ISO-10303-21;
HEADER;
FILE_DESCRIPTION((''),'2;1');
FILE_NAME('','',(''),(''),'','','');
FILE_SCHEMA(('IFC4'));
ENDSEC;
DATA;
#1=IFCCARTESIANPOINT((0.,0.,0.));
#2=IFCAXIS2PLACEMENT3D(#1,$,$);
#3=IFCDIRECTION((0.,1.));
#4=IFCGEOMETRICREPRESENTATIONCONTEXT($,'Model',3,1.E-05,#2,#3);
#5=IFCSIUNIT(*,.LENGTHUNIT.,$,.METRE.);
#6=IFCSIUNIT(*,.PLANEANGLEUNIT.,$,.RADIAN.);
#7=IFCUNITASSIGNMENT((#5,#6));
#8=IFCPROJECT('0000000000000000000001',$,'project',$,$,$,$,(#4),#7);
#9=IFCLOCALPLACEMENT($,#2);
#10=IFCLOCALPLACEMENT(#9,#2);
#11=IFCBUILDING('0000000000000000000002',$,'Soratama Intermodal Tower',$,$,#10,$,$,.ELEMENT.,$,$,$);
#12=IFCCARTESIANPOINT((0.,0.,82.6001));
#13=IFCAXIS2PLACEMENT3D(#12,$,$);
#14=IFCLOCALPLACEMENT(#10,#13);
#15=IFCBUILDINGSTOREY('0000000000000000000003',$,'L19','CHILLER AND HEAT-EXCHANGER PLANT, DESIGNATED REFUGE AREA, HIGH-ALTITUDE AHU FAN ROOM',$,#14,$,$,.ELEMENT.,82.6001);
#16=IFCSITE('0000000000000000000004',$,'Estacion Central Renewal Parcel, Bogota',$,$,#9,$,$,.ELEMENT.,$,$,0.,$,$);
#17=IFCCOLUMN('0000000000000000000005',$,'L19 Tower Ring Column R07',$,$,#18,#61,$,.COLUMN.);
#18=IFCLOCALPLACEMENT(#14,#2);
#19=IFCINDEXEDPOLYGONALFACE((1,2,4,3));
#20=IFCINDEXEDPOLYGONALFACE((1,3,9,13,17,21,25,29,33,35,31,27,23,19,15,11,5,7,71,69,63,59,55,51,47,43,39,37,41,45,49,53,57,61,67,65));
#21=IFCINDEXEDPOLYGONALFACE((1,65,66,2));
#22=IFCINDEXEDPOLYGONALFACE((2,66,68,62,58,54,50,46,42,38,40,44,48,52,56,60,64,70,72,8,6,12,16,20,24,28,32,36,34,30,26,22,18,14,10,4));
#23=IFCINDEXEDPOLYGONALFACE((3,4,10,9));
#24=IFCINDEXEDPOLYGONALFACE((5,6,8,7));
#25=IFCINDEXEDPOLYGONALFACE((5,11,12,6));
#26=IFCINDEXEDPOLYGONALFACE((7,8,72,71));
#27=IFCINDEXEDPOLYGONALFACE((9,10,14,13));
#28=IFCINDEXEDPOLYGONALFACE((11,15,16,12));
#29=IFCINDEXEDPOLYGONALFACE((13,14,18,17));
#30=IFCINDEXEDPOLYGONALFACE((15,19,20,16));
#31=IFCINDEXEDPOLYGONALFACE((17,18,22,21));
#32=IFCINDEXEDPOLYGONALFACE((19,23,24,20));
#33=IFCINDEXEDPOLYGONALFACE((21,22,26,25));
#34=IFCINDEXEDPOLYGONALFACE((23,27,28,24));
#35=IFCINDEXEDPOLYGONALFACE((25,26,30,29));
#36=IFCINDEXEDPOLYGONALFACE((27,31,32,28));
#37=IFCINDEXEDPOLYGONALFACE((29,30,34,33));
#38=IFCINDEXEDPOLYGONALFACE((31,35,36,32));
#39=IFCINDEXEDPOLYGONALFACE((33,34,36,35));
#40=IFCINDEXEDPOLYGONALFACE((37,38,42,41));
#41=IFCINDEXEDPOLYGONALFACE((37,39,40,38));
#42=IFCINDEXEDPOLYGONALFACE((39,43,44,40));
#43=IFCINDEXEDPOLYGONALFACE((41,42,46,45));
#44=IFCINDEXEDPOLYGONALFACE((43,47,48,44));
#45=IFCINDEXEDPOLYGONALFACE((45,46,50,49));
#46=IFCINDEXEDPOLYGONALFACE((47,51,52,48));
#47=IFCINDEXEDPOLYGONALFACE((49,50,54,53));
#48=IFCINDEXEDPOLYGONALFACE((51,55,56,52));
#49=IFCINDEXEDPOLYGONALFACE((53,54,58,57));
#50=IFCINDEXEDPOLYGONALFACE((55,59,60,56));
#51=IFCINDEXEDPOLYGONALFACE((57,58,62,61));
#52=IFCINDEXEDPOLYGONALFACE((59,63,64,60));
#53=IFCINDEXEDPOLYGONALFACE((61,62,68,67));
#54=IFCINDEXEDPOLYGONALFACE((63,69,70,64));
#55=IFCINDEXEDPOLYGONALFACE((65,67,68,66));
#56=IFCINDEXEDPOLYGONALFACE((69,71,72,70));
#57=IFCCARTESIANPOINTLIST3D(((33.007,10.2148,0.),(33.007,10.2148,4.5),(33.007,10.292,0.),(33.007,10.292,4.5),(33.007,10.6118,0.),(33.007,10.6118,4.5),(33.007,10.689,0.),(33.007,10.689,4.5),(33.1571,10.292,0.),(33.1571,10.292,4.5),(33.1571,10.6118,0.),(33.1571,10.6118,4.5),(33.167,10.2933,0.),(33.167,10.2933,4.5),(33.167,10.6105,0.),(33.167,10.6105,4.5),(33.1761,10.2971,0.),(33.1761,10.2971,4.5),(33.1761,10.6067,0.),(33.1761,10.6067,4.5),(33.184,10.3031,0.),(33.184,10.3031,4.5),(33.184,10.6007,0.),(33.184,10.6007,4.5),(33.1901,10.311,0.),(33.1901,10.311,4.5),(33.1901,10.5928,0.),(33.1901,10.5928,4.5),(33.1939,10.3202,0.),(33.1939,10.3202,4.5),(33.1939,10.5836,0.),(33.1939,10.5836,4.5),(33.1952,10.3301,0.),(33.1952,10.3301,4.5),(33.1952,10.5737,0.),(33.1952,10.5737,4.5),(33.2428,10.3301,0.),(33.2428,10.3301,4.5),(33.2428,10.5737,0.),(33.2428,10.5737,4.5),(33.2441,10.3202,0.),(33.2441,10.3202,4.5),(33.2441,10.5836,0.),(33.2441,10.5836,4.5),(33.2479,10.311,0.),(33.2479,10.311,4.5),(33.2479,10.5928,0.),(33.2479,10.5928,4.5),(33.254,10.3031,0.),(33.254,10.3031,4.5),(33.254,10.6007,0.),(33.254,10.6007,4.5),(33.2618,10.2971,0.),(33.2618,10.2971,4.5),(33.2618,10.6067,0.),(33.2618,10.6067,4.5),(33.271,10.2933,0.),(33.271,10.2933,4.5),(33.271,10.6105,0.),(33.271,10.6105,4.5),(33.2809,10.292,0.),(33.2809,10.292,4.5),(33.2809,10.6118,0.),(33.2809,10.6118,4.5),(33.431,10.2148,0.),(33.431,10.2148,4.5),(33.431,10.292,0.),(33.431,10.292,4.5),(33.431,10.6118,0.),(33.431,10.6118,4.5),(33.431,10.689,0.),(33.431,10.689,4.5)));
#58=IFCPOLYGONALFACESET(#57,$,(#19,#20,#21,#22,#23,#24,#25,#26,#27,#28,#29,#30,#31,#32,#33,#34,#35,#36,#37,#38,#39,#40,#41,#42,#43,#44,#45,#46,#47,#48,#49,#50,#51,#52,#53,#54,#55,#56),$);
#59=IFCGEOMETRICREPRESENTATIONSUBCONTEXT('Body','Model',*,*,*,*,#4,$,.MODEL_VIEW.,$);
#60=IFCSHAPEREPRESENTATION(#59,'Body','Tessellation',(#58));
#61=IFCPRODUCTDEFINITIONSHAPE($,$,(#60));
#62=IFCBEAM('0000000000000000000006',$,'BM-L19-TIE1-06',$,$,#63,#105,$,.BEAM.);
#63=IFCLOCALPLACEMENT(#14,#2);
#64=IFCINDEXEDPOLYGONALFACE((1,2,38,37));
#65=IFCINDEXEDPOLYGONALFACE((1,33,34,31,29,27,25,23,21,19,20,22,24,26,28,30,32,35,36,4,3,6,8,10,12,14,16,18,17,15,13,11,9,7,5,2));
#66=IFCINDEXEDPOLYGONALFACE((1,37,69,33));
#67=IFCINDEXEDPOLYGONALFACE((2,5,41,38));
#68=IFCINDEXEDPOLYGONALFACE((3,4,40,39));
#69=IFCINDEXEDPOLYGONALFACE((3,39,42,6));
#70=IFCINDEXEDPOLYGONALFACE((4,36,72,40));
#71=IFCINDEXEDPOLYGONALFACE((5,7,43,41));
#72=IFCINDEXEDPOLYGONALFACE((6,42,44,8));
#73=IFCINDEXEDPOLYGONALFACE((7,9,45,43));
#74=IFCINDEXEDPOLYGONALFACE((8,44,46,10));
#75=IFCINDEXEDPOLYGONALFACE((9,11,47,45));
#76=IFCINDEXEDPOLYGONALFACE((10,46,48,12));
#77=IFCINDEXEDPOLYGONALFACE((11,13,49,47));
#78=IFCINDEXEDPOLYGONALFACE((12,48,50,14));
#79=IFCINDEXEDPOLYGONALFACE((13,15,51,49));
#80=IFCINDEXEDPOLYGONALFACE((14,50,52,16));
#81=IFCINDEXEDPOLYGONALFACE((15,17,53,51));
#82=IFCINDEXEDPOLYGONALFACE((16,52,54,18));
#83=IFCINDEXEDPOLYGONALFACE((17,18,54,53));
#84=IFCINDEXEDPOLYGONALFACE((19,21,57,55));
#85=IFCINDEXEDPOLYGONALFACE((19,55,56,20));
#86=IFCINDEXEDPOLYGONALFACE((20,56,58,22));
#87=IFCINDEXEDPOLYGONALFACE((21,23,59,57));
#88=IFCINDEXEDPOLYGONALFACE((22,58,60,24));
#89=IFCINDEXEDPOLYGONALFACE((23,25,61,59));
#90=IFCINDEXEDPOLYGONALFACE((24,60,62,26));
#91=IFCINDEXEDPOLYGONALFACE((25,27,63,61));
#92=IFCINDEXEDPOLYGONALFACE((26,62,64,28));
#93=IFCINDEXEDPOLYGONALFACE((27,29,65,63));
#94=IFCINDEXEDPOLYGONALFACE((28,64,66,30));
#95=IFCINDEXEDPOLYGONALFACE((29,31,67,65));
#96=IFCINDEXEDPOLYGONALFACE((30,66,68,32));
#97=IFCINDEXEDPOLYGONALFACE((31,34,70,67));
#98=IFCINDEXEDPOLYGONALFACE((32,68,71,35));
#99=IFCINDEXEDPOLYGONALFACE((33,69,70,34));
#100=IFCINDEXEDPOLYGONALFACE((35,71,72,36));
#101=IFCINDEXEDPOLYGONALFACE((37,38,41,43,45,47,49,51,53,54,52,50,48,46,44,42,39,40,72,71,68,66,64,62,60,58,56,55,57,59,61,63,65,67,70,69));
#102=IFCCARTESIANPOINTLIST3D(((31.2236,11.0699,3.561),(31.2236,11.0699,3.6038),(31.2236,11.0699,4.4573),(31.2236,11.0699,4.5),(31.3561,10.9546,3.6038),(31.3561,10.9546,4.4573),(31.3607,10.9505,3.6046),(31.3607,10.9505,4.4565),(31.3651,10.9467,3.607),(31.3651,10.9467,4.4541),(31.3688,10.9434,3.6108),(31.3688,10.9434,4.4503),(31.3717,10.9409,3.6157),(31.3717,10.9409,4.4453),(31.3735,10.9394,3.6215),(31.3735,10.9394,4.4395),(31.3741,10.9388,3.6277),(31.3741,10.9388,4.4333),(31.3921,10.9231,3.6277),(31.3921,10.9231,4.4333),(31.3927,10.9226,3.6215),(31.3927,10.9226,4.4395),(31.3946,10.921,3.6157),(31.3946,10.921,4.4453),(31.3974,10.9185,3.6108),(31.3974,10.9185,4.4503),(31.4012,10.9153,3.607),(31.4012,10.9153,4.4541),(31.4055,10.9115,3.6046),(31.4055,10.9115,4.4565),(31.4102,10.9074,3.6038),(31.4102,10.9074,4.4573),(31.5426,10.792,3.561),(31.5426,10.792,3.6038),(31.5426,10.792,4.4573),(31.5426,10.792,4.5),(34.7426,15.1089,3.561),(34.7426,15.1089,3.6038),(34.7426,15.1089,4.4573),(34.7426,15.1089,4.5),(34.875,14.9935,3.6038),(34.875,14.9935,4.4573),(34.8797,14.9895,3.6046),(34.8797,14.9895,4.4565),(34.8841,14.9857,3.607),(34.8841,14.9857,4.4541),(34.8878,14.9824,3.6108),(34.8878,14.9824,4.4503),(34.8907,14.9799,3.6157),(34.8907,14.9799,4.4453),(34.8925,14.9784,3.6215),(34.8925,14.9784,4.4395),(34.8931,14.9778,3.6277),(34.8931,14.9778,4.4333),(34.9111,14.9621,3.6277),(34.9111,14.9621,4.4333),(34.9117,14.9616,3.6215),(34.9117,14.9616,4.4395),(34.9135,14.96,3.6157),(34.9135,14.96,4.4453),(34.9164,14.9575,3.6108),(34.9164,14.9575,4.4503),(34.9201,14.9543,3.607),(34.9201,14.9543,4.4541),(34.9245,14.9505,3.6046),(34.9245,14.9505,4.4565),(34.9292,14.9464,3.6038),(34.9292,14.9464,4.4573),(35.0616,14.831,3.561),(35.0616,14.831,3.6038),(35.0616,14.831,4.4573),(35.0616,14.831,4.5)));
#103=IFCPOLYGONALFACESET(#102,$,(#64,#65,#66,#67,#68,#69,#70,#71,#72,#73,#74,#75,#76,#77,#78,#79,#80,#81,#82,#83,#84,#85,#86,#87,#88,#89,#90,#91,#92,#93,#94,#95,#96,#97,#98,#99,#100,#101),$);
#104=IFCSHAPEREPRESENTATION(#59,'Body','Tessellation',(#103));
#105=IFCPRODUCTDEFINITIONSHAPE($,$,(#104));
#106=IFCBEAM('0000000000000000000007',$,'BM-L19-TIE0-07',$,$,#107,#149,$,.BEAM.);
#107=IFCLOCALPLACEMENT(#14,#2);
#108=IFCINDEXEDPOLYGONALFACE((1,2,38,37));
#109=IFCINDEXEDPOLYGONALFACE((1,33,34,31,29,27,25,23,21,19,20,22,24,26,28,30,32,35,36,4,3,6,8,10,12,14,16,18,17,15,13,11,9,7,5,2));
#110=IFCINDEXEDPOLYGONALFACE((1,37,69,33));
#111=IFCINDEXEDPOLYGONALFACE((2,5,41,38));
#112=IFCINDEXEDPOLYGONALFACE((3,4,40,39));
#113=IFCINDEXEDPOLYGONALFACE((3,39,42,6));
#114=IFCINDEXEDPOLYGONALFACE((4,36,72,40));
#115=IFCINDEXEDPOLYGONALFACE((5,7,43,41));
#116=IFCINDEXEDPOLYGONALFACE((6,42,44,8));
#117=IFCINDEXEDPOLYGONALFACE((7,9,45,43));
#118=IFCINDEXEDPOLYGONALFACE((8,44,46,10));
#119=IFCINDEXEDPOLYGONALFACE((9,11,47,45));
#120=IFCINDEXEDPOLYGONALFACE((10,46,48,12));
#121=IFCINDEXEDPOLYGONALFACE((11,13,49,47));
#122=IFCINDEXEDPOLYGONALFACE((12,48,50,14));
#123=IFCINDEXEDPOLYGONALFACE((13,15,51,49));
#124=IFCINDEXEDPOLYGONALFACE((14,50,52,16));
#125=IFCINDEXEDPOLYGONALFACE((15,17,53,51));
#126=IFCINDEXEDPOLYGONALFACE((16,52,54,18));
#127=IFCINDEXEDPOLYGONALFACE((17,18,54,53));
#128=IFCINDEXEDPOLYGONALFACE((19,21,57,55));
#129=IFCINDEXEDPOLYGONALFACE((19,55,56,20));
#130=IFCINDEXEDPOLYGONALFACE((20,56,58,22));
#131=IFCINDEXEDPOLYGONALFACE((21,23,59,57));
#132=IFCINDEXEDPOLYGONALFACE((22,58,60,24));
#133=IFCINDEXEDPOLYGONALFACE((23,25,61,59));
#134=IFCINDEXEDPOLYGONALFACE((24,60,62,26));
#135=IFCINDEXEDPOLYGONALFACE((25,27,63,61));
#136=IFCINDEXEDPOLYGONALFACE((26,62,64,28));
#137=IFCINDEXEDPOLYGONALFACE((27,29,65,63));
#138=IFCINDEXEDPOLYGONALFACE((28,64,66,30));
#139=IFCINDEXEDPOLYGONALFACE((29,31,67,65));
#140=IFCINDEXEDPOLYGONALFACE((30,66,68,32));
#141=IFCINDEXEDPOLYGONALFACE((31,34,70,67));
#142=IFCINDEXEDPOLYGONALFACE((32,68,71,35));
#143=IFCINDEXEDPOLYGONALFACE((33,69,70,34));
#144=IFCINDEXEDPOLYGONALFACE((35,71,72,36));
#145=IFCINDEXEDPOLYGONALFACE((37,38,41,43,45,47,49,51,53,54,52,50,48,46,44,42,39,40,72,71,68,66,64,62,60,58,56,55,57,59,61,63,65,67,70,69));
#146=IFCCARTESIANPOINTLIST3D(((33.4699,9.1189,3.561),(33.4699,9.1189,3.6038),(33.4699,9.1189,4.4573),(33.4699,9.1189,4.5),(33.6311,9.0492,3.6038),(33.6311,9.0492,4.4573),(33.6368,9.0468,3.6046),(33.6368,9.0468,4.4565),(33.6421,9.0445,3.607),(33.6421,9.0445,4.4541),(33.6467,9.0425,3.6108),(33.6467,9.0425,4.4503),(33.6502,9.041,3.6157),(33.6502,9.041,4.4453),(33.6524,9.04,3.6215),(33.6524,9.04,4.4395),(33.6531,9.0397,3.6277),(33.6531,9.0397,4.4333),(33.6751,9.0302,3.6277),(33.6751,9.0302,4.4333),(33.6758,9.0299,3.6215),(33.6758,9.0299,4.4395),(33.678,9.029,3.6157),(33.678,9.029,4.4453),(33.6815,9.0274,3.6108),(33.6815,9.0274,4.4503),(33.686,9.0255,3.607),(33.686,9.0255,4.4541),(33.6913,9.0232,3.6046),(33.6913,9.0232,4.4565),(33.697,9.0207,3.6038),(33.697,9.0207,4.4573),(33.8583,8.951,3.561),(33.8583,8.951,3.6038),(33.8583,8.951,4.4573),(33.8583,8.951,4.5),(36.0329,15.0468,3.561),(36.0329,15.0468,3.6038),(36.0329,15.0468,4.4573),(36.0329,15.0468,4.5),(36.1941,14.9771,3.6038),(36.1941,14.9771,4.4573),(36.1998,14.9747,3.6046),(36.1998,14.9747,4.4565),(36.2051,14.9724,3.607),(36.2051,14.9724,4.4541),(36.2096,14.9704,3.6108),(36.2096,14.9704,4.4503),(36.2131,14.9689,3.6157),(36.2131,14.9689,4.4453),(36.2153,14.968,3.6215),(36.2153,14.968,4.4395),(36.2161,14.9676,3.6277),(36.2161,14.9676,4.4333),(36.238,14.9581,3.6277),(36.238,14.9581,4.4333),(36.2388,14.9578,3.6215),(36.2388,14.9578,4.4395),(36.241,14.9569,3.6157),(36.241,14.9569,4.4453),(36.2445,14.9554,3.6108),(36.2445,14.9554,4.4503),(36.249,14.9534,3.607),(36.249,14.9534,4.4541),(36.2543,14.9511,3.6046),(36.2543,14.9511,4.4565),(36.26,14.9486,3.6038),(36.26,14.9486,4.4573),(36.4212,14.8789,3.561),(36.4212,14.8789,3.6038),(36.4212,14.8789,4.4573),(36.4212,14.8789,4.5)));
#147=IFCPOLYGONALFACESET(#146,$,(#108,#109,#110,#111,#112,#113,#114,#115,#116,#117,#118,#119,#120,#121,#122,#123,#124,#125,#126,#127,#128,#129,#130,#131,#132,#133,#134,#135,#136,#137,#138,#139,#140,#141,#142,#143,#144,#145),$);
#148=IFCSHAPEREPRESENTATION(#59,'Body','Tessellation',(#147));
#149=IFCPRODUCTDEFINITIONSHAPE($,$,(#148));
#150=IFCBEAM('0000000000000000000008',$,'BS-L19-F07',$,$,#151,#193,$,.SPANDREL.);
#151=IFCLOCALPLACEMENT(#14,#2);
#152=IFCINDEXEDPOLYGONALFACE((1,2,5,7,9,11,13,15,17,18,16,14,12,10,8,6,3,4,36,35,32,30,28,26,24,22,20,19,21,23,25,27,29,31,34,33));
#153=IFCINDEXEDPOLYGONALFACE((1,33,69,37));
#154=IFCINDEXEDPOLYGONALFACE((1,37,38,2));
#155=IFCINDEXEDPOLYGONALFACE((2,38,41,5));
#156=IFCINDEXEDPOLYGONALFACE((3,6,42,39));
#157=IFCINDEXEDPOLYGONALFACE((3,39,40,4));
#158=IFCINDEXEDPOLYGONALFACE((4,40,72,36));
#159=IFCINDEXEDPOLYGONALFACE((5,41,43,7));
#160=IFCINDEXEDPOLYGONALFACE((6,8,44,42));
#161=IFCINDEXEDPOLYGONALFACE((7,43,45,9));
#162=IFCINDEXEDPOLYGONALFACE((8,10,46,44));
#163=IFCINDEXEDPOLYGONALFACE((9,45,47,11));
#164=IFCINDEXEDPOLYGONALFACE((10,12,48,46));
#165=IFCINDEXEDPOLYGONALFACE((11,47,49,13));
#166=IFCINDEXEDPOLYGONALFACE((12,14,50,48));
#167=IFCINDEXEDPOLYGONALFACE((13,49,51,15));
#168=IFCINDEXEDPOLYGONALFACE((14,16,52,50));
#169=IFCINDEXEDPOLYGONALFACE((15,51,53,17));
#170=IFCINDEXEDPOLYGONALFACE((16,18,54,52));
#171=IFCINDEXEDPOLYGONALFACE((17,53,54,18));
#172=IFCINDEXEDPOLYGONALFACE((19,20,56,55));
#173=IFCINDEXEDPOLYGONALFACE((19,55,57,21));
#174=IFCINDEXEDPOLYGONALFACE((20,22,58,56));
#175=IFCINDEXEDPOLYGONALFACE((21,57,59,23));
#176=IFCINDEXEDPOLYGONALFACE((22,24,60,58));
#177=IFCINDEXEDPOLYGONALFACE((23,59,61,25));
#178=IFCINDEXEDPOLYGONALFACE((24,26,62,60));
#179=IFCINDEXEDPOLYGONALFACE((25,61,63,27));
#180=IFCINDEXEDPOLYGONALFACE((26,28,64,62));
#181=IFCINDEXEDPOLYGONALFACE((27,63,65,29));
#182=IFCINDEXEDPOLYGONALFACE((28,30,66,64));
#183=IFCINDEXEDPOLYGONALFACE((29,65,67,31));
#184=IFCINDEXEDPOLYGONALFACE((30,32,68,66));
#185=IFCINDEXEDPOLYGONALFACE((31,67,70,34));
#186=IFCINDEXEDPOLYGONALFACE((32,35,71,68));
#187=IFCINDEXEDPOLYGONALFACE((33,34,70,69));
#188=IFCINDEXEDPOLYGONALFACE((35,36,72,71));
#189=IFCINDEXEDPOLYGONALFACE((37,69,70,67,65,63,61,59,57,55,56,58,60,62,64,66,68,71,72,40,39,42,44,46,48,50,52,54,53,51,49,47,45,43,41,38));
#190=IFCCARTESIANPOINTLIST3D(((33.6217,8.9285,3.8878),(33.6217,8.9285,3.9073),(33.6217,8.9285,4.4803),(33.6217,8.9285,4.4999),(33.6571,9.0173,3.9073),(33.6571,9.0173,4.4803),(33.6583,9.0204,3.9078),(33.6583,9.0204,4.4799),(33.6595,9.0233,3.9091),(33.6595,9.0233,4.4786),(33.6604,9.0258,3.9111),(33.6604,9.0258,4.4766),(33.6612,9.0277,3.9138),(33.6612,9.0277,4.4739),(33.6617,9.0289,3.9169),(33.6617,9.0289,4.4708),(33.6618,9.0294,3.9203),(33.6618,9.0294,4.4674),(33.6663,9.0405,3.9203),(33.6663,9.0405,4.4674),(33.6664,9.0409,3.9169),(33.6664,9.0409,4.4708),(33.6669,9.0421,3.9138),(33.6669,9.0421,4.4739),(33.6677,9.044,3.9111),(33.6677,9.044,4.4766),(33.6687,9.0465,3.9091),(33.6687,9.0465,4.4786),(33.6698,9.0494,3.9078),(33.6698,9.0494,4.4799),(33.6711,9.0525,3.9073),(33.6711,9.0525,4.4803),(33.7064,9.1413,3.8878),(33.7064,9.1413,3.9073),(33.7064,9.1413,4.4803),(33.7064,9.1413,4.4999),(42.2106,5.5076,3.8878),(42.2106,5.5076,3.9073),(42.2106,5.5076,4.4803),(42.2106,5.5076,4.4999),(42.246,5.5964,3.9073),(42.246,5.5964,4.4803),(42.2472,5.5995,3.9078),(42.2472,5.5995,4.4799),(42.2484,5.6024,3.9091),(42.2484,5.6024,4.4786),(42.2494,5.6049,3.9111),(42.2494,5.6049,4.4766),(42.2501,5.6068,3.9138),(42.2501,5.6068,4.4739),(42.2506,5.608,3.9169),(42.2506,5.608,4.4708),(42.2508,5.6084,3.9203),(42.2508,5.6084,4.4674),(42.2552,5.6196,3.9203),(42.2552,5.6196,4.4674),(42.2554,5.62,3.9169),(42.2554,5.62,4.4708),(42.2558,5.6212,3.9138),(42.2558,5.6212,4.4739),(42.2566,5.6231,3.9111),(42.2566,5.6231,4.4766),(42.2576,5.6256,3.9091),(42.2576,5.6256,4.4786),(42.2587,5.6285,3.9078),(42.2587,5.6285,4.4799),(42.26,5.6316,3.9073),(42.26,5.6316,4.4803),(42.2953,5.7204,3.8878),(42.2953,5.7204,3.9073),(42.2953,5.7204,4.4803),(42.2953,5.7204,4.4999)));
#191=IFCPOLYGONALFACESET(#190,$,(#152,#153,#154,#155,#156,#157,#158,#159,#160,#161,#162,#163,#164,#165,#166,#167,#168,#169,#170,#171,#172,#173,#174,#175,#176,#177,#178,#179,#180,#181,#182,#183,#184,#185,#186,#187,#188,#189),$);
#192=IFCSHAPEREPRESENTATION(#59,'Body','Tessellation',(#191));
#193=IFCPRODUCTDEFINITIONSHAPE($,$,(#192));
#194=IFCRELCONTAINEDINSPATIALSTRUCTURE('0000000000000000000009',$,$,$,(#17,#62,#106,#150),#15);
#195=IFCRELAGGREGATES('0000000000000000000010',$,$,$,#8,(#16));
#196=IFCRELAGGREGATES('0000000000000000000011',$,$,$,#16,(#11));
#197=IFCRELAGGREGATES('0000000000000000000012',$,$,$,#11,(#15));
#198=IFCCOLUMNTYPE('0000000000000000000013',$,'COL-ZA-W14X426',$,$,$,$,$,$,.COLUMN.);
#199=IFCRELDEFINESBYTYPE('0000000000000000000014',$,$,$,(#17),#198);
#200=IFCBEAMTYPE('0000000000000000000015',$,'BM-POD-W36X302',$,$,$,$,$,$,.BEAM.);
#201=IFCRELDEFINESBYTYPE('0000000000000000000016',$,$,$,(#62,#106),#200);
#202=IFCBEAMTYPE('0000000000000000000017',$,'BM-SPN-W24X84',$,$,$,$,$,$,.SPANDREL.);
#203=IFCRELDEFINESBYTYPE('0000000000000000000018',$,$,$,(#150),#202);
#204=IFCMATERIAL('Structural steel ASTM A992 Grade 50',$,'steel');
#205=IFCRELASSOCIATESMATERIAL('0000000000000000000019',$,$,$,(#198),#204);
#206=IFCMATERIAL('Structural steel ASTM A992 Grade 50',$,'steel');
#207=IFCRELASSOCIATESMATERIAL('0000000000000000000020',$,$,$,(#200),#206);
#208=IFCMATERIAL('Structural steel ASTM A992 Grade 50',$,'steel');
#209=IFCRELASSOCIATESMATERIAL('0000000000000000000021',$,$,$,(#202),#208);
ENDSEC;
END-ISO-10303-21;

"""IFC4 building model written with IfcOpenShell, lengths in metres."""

from ifc_helpers import new_model, si_unit, direction, frame, origin, origin_2d, place, context, subcontext, project, spatial, i_section, extrude, material, material_profile, profile_set, type_object, element, save


model = new_model("IFC4")

# Units and contexts
model_context = context("Model", 3, precision=1e-05, world=origin(), true_north=direction((0.0, 1.0)))
body_context = subcontext(model_context, "Body", "Model", "MODEL_VIEW")
ifc_project = project(units=[si_unit("LENGTHUNIT", "METRE"), si_unit("PLANEANGLEUNIT", "RADIAN")], contexts=[model_context])

# Site, building, storey
site_placement = place(None, origin())
site = spatial("IfcSite", under=ifc_project, at=site_placement, Name="Estacion Central Renewal Parcel, Bogota", CompositionType="ELEMENT", RefElevation=0.0)
building_placement = place(site_placement, origin())
building = spatial("IfcBuilding", under=site, at=building_placement, Name="Soratama Intermodal Tower", CompositionType="ELEMENT")
storey_placement = place(building_placement, frame((0.0, 0.0, 82.6001)))
storey = spatial("IfcBuildingStorey", under=building, at=storey_placement, Name="L19", Description="CHILLER AND HEAT-EXCHANGER PLANT, DESIGNATED REFUGE AREA, HIGH-ALTITUDE AHU FAN ROOM", CompositionType="ELEMENT", Elevation=82.6001)

# Column
ifc_material_1 = material(Name="Structural steel ASTM A992 Grade 50", Category="steel")
ifc_material_profile_1 = material_profile(ifc_material_1, i_section(OverallWidth=0.4241, OverallDepth=0.4741, WebThickness=0.0476, FlangeThickness=0.0771, FilletRadius=0.0381, at=origin_2d()), Name="W14X426")
ifc_profile_set_1 = profile_set([ifc_material_profile_1], Name="Structural steel ASTM A992 Grade 50")
column_type = type_object("IfcColumnType", Name="COL-ZA-W14X426", PredefinedType="COLUMN", material=ifc_profile_set_1)
column_placement = place(storey_placement, frame((33.219, 10.4519, 0.0), z_axis=(0.0, 0.0, 1.0), x_axis=(1.0, 0.0, 0.0)))
element("IfcColumn", 1, at=column_placement, inside=storey, type_object=column_type, Name="L19 Tower Ring Column R07", PredefinedType="COLUMN", context=body_context, shape_type="SweptSolid", body=[
    extrude(i_section(OverallWidth=0.4241, OverallDepth=0.4741, WebThickness=0.0476, FlangeThickness=0.0771, FilletRadius=0.0381, at=origin_2d()), origin(), (0.0, 0.0, 1.0), 4.5),
])

# Beams
ifc_material_2 = material(Name="Structural steel ASTM A992 Grade 50", Category="steel")
ifc_material_profile_2 = material_profile(ifc_material_2, i_section(OverallWidth=0.4231, OverallDepth=0.939, WebThickness=0.0239, FlangeThickness=0.0427, FilletRadius=0.0239, at=origin_2d()), Name="W36X302")
ifc_profile_set_2 = profile_set([ifc_material_profile_2], Name="Structural steel ASTM A992 Grade 50")
beam_type_1 = type_object("IfcBeamType", Name="BM-POD-W36X302", PredefinedType="BEAM", material=ifc_profile_set_2)
beam_1_placement = place(storey_placement, frame((34.9021, 14.97, 4.0305), z_axis=(-0.656903, -0.753975, 0.0), x_axis=(0.753975, -0.656903, 0.0)))
element("IfcBeam", 2, at=beam_1_placement, inside=storey, type_object=beam_type_1, Name="BM-L19-TIE1-06", PredefinedType="BEAM", context=body_context, shape_type="SweptSolid", body=[
    extrude(i_section(OverallWidth=0.4231, OverallDepth=0.939, WebThickness=0.0239, FlangeThickness=0.0427, FilletRadius=0.0239, at=origin_2d()), origin(), (0.0, 0.0, 1.0), 5.3569),
])
beam_2_placement = place(storey_placement, frame((36.2271, 14.9629, 4.0305), z_axis=(-0.396851, -0.917883, 0.0), x_axis=(0.917883, -0.396851, 0.0)))
element("IfcBeam", 3, at=beam_2_placement, inside=storey, type_object=beam_type_1, Name="BM-L19-TIE0-07", PredefinedType="BEAM", context=body_context, shape_type="SweptSolid", body=[
    extrude(i_section(OverallWidth=0.4231, OverallDepth=0.939, WebThickness=0.0239, FlangeThickness=0.0427, FilletRadius=0.0239, at=origin_2d()), origin(), (0.0, 0.0, 1.0), 6.4583),
])
ifc_material_3 = material(Name="Structural steel ASTM A992 Grade 50", Category="steel")
ifc_material_profile_3 = material_profile(ifc_material_3, i_section(OverallWidth=0.229, OverallDepth=0.6121, WebThickness=0.012, FlangeThickness=0.0195, FilletRadius=0.0129, at=origin_2d()), Name="W24X84")
ifc_profile_set_3 = profile_set([ifc_material_profile_3], Name="Structural steel ASTM A992 Grade 50")
beam_type_2 = type_object("IfcBeamType", Name="BM-SPN-W24X84", PredefinedType="SPANDREL", material=ifc_profile_set_3)
beam_3_placement = place(storey_placement, frame((33.6641, 9.0349, 4.1938), z_axis=(0.929022, -0.370024, 0.0), x_axis=(0.370024, 0.929022, 0.0)))
element("IfcBeam", 4, at=beam_3_placement, inside=storey, type_object=beam_type_2, Name="BS-L19-F07", PredefinedType="SPANDREL", context=body_context, shape_type="SweptSolid", body=[
    extrude(i_section(OverallWidth=0.229, OverallDepth=0.6121, WebThickness=0.012, FlangeThickness=0.0195, FilletRadius=0.0129, at=origin_2d()), origin(), (0.0, 0.0, 1.0), 9.2451),
])

save(model, "model.ifc")
